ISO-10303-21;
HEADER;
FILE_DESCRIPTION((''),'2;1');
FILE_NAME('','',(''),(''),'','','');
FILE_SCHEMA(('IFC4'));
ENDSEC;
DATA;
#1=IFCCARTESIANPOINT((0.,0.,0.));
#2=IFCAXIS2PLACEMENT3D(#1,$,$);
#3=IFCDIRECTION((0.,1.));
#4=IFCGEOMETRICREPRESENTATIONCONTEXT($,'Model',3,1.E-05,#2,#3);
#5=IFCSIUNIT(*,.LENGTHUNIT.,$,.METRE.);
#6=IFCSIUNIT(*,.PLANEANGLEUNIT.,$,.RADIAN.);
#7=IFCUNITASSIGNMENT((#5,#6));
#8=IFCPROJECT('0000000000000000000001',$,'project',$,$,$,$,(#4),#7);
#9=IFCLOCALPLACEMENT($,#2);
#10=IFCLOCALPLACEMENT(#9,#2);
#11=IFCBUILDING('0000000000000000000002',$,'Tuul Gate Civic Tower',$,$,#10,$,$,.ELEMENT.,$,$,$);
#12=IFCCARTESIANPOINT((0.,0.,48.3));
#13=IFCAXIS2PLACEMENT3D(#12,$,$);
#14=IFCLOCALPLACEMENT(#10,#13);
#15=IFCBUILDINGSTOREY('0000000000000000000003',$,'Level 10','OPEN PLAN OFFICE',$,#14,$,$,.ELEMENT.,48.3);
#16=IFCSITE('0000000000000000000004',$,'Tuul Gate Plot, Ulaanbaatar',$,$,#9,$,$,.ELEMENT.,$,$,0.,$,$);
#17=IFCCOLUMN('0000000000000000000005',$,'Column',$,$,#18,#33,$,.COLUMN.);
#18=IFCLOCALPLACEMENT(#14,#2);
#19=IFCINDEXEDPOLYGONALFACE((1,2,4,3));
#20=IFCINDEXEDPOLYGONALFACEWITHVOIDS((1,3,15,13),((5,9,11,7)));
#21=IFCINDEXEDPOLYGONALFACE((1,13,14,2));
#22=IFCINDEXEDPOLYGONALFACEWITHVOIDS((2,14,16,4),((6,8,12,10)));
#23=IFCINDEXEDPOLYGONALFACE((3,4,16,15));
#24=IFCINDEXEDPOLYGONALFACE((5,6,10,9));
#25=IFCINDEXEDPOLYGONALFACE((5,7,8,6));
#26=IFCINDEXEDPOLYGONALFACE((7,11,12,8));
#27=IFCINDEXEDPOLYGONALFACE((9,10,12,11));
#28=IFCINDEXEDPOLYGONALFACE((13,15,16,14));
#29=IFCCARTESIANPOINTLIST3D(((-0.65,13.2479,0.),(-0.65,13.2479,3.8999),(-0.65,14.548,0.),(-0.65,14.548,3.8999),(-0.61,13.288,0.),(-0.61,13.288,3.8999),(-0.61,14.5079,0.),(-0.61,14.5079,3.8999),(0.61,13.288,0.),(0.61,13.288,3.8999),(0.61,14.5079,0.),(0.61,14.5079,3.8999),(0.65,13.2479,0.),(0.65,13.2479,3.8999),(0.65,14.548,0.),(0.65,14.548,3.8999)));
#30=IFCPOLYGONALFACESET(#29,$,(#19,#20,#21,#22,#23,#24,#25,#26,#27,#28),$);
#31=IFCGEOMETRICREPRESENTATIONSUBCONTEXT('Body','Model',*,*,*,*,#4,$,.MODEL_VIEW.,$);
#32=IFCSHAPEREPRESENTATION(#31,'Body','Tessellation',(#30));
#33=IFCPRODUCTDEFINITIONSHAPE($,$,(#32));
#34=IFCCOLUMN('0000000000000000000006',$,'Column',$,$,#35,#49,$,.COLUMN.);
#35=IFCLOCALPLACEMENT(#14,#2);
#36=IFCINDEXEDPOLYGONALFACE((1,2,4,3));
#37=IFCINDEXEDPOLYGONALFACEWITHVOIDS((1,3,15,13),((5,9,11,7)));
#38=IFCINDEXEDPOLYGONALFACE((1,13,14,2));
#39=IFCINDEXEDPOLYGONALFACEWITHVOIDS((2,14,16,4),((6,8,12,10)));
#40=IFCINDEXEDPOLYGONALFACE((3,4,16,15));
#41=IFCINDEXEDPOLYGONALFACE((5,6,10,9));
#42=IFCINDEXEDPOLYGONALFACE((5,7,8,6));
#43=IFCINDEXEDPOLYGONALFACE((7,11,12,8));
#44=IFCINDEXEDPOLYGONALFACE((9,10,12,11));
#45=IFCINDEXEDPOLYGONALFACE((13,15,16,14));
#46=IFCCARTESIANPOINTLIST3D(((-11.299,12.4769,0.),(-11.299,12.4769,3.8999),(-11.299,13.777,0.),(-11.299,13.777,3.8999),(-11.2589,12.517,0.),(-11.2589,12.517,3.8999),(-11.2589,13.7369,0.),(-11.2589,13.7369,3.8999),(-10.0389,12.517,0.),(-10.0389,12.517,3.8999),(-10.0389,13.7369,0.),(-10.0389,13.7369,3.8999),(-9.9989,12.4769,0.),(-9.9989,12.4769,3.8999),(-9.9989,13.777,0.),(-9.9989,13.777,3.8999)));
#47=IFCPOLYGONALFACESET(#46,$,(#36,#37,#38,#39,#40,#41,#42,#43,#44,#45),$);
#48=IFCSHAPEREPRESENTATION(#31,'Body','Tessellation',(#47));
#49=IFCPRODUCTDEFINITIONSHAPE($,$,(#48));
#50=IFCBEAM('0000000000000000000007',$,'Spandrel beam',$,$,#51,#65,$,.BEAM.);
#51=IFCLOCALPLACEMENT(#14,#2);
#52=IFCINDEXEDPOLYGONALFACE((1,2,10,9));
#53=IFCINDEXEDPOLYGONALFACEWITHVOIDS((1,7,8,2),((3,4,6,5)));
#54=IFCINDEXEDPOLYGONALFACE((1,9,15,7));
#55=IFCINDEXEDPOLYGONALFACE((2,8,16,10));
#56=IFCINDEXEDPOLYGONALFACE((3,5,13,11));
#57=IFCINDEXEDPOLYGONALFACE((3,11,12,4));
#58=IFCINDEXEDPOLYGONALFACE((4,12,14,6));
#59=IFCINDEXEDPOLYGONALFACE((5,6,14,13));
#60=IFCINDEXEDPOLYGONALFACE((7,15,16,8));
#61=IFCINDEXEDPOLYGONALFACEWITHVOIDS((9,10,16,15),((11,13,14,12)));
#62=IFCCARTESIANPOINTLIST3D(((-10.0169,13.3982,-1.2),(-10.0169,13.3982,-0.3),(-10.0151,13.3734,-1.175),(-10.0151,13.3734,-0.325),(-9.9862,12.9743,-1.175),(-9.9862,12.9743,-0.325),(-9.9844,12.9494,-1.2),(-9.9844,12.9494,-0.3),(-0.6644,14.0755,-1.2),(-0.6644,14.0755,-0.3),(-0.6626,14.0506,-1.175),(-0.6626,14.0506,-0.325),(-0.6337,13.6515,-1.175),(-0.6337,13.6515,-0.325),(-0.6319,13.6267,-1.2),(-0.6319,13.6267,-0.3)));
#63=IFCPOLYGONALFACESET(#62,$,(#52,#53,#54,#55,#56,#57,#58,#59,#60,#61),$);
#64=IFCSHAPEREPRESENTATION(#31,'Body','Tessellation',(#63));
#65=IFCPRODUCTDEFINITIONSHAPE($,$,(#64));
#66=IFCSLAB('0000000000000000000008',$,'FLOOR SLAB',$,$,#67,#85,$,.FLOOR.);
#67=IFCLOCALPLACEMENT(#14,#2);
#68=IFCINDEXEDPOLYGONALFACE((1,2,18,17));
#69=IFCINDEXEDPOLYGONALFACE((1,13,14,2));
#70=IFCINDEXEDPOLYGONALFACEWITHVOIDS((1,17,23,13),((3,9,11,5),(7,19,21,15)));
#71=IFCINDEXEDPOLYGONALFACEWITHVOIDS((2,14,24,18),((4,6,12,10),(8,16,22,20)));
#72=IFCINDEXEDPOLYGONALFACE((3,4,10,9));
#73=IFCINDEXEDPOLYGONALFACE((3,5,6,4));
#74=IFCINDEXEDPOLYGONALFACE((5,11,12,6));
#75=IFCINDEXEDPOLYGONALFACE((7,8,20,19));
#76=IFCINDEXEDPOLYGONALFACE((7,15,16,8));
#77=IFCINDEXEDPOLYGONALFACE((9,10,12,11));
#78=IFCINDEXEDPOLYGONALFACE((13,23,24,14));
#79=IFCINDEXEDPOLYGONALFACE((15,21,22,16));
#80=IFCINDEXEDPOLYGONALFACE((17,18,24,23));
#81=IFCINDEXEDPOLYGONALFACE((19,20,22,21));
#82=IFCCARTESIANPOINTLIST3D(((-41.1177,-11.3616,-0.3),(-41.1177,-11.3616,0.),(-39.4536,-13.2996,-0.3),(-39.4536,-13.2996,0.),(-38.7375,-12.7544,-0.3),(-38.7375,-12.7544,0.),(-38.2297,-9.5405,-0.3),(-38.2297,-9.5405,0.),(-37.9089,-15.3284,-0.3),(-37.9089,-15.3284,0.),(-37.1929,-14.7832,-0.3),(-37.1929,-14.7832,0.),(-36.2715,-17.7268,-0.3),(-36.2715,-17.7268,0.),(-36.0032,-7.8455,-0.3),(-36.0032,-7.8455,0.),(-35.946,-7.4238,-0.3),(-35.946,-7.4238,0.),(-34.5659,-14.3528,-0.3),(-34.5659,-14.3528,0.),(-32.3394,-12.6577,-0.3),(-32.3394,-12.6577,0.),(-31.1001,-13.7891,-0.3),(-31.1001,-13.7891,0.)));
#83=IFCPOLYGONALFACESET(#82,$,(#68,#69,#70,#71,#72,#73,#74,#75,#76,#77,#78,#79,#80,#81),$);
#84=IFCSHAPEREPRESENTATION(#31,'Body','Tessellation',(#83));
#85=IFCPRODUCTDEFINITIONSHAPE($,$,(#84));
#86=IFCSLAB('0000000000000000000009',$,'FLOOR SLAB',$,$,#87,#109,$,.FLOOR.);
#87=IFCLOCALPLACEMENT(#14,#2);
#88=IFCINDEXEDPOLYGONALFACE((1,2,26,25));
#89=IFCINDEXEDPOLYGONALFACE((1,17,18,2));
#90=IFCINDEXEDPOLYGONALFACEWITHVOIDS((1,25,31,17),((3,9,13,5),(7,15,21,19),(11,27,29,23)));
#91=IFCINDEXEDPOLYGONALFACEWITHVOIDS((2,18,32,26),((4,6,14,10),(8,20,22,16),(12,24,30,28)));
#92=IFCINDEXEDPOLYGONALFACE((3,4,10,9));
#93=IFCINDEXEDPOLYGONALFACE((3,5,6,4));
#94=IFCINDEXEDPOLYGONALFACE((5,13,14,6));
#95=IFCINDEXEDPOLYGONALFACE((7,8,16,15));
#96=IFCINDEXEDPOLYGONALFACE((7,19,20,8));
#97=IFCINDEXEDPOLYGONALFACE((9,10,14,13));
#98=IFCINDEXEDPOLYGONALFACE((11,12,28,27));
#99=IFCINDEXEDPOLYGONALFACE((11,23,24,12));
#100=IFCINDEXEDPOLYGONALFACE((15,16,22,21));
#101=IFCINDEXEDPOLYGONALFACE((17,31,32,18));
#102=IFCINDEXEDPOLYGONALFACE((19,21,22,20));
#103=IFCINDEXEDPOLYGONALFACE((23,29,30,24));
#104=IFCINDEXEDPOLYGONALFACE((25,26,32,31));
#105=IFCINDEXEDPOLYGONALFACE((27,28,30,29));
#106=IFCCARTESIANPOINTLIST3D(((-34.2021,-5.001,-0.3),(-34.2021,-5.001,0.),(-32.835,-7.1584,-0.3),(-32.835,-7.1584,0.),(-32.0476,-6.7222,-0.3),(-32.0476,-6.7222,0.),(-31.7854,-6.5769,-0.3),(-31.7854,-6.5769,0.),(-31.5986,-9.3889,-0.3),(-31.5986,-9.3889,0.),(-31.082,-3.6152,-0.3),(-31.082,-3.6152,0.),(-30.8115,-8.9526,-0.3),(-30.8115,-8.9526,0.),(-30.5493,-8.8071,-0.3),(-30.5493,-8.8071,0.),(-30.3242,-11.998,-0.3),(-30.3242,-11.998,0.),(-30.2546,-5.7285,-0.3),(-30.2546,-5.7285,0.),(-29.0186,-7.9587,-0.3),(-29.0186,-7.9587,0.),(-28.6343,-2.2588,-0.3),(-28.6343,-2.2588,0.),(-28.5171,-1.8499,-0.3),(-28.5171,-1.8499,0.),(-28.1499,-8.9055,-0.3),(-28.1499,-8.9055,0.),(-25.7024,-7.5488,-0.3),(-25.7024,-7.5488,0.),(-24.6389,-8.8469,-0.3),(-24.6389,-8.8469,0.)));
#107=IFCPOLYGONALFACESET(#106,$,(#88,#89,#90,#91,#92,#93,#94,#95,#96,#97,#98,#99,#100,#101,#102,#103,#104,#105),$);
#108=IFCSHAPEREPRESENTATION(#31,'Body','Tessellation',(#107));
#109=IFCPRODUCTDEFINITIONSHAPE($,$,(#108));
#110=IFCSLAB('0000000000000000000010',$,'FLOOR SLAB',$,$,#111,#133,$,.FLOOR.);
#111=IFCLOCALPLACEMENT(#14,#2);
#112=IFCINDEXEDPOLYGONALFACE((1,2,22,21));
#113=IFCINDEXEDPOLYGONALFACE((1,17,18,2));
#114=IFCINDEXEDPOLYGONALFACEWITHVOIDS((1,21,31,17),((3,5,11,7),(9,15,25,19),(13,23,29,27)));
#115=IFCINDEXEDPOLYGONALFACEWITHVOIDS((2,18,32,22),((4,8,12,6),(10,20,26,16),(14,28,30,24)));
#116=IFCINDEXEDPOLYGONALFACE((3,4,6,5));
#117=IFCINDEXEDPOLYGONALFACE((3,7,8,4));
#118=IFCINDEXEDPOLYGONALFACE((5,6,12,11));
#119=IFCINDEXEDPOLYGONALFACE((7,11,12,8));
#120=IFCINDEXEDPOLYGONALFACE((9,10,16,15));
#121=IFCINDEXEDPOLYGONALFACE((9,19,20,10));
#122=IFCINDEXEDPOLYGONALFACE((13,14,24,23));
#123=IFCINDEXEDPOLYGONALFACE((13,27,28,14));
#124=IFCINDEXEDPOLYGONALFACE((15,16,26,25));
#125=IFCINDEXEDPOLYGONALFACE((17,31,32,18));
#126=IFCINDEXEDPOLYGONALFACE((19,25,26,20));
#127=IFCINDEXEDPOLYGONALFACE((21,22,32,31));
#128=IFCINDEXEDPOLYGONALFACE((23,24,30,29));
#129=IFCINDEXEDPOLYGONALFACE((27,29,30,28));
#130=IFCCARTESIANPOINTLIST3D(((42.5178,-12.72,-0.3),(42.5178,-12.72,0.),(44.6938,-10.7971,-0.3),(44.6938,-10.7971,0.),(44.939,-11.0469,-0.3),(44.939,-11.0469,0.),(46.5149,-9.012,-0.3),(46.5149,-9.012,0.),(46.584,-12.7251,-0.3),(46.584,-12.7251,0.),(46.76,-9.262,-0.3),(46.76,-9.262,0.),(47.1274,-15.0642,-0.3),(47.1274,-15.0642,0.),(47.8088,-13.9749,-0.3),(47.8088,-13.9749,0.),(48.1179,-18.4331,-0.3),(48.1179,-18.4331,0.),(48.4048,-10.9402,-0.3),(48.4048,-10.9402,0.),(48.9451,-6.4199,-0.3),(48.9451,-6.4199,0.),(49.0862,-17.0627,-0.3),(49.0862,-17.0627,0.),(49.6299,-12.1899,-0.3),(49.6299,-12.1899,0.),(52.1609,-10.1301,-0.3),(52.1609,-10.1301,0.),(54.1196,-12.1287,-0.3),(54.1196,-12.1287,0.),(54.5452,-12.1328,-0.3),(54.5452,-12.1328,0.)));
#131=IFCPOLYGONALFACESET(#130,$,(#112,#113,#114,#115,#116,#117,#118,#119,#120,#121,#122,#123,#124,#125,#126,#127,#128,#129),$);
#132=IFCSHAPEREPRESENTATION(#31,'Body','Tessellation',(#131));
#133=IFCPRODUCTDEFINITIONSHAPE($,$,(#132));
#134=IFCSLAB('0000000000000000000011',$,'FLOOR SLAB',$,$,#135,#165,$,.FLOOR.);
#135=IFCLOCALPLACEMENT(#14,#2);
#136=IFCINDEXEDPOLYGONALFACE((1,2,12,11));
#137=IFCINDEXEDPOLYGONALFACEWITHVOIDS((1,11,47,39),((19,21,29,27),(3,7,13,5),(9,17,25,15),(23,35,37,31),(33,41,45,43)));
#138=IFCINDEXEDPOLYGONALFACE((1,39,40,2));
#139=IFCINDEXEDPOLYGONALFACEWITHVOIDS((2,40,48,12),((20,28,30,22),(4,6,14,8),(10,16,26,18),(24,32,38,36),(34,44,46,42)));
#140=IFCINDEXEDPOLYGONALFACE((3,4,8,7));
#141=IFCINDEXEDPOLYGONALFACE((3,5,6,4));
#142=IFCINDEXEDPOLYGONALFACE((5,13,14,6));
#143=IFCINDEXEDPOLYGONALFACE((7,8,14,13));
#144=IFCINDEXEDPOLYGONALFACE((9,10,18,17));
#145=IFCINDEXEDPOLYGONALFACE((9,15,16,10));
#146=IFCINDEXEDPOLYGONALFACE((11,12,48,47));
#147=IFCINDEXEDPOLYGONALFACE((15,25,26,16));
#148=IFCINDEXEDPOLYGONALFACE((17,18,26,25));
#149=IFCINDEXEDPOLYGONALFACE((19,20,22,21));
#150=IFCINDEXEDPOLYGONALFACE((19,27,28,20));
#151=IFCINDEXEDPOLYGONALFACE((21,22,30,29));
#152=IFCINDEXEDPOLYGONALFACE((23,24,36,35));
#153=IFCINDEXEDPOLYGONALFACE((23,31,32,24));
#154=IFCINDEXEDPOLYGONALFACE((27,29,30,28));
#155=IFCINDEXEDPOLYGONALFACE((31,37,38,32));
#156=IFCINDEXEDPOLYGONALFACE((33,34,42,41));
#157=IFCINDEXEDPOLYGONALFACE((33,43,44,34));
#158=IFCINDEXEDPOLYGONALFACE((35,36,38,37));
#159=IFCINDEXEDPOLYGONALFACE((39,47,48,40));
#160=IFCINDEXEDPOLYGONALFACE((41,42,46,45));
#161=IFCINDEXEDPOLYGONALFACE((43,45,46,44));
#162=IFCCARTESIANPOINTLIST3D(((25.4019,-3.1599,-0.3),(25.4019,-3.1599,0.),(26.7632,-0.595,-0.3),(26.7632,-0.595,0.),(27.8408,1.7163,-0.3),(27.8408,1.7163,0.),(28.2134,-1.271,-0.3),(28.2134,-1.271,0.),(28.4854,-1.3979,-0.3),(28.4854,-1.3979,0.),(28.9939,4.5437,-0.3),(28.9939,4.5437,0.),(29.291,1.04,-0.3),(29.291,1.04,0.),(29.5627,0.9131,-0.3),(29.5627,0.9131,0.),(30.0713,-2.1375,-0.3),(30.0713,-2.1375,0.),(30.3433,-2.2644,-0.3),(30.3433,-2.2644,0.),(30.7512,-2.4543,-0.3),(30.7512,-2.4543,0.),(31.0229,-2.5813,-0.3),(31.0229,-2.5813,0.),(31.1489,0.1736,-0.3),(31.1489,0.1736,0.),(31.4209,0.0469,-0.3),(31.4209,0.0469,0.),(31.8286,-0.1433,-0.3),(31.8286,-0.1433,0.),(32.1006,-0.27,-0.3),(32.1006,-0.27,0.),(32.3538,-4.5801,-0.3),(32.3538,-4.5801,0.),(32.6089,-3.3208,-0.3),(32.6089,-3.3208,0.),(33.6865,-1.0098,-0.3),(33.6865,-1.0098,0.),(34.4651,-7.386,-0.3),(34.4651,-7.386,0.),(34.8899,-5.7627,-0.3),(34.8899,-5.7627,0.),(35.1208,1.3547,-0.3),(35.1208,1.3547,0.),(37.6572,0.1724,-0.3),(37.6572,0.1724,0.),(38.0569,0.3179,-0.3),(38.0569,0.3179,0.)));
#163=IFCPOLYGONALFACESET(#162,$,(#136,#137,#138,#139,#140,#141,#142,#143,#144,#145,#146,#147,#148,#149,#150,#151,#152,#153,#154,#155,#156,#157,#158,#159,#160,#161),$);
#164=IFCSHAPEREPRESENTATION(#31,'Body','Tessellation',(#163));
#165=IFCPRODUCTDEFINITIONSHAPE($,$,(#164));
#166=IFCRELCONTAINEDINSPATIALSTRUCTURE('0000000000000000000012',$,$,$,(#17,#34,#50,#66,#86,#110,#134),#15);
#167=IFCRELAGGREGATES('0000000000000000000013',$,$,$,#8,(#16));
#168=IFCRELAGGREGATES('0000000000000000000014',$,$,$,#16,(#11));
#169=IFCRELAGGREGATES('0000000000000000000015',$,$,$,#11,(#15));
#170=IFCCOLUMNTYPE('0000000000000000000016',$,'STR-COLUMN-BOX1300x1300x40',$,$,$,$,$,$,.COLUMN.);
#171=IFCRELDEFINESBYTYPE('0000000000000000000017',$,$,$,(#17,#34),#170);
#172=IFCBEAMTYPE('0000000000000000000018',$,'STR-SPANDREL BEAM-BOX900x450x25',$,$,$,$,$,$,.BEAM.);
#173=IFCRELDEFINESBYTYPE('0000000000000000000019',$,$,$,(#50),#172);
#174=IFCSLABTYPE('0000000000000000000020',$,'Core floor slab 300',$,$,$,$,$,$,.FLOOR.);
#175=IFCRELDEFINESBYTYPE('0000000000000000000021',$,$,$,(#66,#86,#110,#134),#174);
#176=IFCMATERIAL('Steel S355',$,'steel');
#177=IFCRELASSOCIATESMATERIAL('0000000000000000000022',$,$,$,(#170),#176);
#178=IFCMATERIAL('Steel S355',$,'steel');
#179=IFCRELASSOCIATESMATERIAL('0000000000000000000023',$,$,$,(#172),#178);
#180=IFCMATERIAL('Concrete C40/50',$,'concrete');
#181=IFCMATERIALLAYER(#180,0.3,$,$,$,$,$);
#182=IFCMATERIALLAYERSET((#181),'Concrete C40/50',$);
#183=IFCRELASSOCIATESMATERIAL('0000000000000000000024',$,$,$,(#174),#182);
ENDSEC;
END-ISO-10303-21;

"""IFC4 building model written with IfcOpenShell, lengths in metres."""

from ifc_helpers import new_model, si_unit, direction, frame, origin, origin_2d, place, context, subcontext, project, spatial, polyline, hollow_rectangle, outline, extrude, material, layer, layer_set, material_profile, profile_set, type_object, element, save


model = new_model("IFC4")

# Units and contexts
model_context = context("Model", 3, precision=1e-05, world=origin(), true_north=direction((0.0, 1.0)))
body_context = subcontext(model_context, "Body", "Model", "MODEL_VIEW")
ifc_project = project(units=[si_unit("LENGTHUNIT", "METRE"), si_unit("PLANEANGLEUNIT", "RADIAN")], contexts=[model_context])

# Site, building, storey
site_placement = place(None, origin())
site = spatial("IfcSite", under=ifc_project, at=site_placement, Name="Tuul Gate Plot, Ulaanbaatar", CompositionType="ELEMENT", RefElevation=0.0)
building_placement = place(site_placement, origin())
building = spatial("IfcBuilding", under=site, at=building_placement, Name="Tuul Gate Civic Tower", CompositionType="ELEMENT")
storey_placement = place(building_placement, frame((0.0, 0.0, 48.3)))
storey = spatial("IfcBuildingStorey", under=building, at=storey_placement, Name="Level 10", Description="OPEN PLAN OFFICE", CompositionType="ELEMENT", Elevation=48.3)

# Columns
ifc_material_1 = material(Name="Steel S355", Category="steel")
ifc_material_profile_1 = material_profile(ifc_material_1, hollow_rectangle(XDim=1.3, YDim=1.3, WallThickness=0.04, at=origin_2d()), Name="BOX1300x1300x40")
ifc_profile_set_1 = profile_set([ifc_material_profile_1], Name="Steel S355")
column_type = type_object("IfcColumnType", Name="STR-COLUMN-BOX1300x1300x40", PredefinedType="COLUMN", material=ifc_profile_set_1)
for number, where, z_axis, x_axis, name in (
    (1, (0.0, 13.8979, 0.0), (0.0, 0.0, 1.0), (1.0, 0.0, 0.0), "Column"),
    (2, (-10.6489, 13.127, 0.0), (0.0, 0.0, 1.0), (1.0, 0.0, 0.0), "Column"),
):
    element("IfcColumn", number, at=place(storey_placement, frame(where, z_axis=z_axis, x_axis=x_axis)), inside=storey, type_object=column_type, Name=name, PredefinedType="COLUMN", context=body_context, shape_type="SweptSolid", body=[
        extrude(hollow_rectangle(XDim=1.3, YDim=1.3, WallThickness=0.04, at=origin_2d()), origin(), (0.0, 0.0, 1.0), 3.8999),
    ])

# Beam
ifc_material_2 = material(Name="Steel S355", Category="steel")
ifc_material_profile_2 = material_profile(ifc_material_2, hollow_rectangle(XDim=0.45, YDim=0.8999, WallThickness=0.0249, at=origin_2d()), Name="BOX900x450x25")
ifc_profile_set_2 = profile_set([ifc_material_profile_2], Name="Steel S355")
beam_type = type_object("IfcBeamType", Name="STR-SPANDREL BEAM-BOX900x450x25", PredefinedType="BEAM", material=ifc_profile_set_2)
beam_placement = place(storey_placement, frame((-0.6482, 13.8511, -0.75), z_axis=(-0.997388, -0.072224, 0.0), x_axis=(0.072224, -0.997388, 0.0)))
element("IfcBeam", 3, at=beam_placement, inside=storey, type_object=beam_type, Name="Spandrel beam", PredefinedType="BEAM", context=body_context, shape_type="SweptSolid", body=[
    extrude(hollow_rectangle(XDim=0.45, YDim=0.8999, WallThickness=0.0249, at=origin_2d()), origin(), (0.0, 0.0, 1.0), 9.377),
])

# Slabs
ifc_material_3 = material(Name="Concrete C40/50", Category="concrete")
ifc_layer_1 = layer(ifc_material_3, 0.3)
ifc_layer_set_1 = layer_set([ifc_layer_1], Name="Concrete C40/50")
slab_type_1 = type_object("IfcSlabType", Name="Core floor slab 300", PredefinedType="FLOOR", material=ifc_layer_set_1)
slab_1_placement = place(storey_placement, frame((0.0, 0.0, -0.3)))
element("IfcSlab", 4, at=slab_1_placement, inside=storey, type_object=slab_type_1, Name="FLOOR SLAB", PredefinedType="FLOOR", context=body_context, shape_type="SweptSolid", body=[
    extrude(outline(polyline([(-31.1001, -13.7891), (-35.946, -7.4238), (-41.1177, -11.3616), (-36.2715, -17.7268), (-31.1001, -13.7891)]), holes=[polyline([(-37.1929, -14.7832), (-38.7375, -12.7544), (-39.4536, -13.2996), (-37.9089, -15.3284), (-37.1929, -14.7832)]), polyline([(-32.3394, -12.6577), (-34.5659, -14.3528), (-38.2297, -9.5405), (-36.0032, -7.8455), (-32.3394, -12.6577)])]), origin(), (0.0, 0.0, 1.0), 0.3),
])
slab_2_placement = place(storey_placement, frame((0.0, 0.0, -0.3)))
element("IfcSlab", 5, at=slab_2_placement, inside=storey, type_object=slab_type_1, Name="FLOOR SLAB", PredefinedType="FLOOR", context=body_context, shape_type="SweptSolid", body=[
    extrude(outline(polyline([(-24.6389, -8.8469), (-28.5171, -1.8499), (-34.2021, -5.001), (-30.3242, -11.998), (-24.6389, -8.8469)]), holes=[polyline([(-29.0186, -7.9587), (-30.2546, -5.7285), (-31.7854, -6.5769), (-30.5493, -8.8071), (-29.0186, -7.9587)]), polyline([(-30.8115, -8.9526), (-32.0476, -6.7222), (-32.835, -7.1584), (-31.5986, -9.3889), (-30.8115, -8.9526)]), polyline([(-25.7024, -7.5488), (-28.1499, -8.9055), (-31.082, -3.6152), (-28.6343, -2.2588), (-25.7024, -7.5488)])]), origin(), (0.0, 0.0, 1.0), 0.3),
])
slab_3_placement = place(storey_placement, frame((0.0, 0.0, -0.3)))
element("IfcSlab", 6, at=slab_3_placement, inside=storey, type_object=slab_type_1, Name="FLOOR SLAB", PredefinedType="FLOOR", context=body_context, shape_type="SweptSolid", body=[
    extrude(outline(polyline([(48.1179, -18.4331), (54.5452, -12.1328), (48.9451, -6.4199), (42.5178, -12.72), (48.1179, -18.4331)]), holes=[polyline([(47.8088, -13.9749), (49.6299, -12.1899), (48.4048, -10.9402), (46.584, -12.7251), (47.8088, -13.9749)]), polyline([(44.939, -11.0469), (46.76, -9.262), (46.5149, -9.012), (44.6938, -10.7971), (44.939, -11.0469)]), polyline([(49.0862, -17.0627), (47.1274, -15.0642), (52.1609, -10.1301), (54.1196, -12.1287), (49.0862, -17.0627)])]), origin(), (0.0, 0.0, 1.0), 0.3),
])
slab_4_placement = place(storey_placement, frame((0.0, 0.0, -0.3)))
element("IfcSlab", 7, at=slab_4_placement, inside=storey, type_object=slab_type_1, Name="FLOOR SLAB", PredefinedType="FLOOR", context=body_context, shape_type="SweptSolid", body=[
    extrude(outline(polyline([(34.4651, -7.386), (38.0569, 0.3179), (28.9939, 4.5437), (25.4019, -3.1599), (34.4651, -7.386)]), holes=[polyline([(32.6089, -3.3208), (33.6865, -1.0098), (32.1006, -0.27), (31.0229, -2.5813), (32.6089, -3.3208)]), polyline([(30.0713, -2.1375), (31.1489, 0.1736), (29.5627, 0.9131), (28.4854, -1.3979), (30.0713, -2.1375)]), polyline([(30.7512, -2.4543), (31.8286, -0.1433), (31.4209, 0.0469), (30.3433, -2.2644), (30.7512, -2.4543)]), polyline([(28.2134, -1.271), (29.291, 1.04), (27.8408, 1.7163), (26.7632, -0.595), (28.2134, -1.271)]), polyline([(34.8899, -5.7627), (32.3538, -4.5801), (35.1208, 1.3547), (37.6572, 0.1724), (34.8899, -5.7627)])]), origin(), (0.0, 0.0, 1.0), 0.3),
])

save(model, "model.ifc")
